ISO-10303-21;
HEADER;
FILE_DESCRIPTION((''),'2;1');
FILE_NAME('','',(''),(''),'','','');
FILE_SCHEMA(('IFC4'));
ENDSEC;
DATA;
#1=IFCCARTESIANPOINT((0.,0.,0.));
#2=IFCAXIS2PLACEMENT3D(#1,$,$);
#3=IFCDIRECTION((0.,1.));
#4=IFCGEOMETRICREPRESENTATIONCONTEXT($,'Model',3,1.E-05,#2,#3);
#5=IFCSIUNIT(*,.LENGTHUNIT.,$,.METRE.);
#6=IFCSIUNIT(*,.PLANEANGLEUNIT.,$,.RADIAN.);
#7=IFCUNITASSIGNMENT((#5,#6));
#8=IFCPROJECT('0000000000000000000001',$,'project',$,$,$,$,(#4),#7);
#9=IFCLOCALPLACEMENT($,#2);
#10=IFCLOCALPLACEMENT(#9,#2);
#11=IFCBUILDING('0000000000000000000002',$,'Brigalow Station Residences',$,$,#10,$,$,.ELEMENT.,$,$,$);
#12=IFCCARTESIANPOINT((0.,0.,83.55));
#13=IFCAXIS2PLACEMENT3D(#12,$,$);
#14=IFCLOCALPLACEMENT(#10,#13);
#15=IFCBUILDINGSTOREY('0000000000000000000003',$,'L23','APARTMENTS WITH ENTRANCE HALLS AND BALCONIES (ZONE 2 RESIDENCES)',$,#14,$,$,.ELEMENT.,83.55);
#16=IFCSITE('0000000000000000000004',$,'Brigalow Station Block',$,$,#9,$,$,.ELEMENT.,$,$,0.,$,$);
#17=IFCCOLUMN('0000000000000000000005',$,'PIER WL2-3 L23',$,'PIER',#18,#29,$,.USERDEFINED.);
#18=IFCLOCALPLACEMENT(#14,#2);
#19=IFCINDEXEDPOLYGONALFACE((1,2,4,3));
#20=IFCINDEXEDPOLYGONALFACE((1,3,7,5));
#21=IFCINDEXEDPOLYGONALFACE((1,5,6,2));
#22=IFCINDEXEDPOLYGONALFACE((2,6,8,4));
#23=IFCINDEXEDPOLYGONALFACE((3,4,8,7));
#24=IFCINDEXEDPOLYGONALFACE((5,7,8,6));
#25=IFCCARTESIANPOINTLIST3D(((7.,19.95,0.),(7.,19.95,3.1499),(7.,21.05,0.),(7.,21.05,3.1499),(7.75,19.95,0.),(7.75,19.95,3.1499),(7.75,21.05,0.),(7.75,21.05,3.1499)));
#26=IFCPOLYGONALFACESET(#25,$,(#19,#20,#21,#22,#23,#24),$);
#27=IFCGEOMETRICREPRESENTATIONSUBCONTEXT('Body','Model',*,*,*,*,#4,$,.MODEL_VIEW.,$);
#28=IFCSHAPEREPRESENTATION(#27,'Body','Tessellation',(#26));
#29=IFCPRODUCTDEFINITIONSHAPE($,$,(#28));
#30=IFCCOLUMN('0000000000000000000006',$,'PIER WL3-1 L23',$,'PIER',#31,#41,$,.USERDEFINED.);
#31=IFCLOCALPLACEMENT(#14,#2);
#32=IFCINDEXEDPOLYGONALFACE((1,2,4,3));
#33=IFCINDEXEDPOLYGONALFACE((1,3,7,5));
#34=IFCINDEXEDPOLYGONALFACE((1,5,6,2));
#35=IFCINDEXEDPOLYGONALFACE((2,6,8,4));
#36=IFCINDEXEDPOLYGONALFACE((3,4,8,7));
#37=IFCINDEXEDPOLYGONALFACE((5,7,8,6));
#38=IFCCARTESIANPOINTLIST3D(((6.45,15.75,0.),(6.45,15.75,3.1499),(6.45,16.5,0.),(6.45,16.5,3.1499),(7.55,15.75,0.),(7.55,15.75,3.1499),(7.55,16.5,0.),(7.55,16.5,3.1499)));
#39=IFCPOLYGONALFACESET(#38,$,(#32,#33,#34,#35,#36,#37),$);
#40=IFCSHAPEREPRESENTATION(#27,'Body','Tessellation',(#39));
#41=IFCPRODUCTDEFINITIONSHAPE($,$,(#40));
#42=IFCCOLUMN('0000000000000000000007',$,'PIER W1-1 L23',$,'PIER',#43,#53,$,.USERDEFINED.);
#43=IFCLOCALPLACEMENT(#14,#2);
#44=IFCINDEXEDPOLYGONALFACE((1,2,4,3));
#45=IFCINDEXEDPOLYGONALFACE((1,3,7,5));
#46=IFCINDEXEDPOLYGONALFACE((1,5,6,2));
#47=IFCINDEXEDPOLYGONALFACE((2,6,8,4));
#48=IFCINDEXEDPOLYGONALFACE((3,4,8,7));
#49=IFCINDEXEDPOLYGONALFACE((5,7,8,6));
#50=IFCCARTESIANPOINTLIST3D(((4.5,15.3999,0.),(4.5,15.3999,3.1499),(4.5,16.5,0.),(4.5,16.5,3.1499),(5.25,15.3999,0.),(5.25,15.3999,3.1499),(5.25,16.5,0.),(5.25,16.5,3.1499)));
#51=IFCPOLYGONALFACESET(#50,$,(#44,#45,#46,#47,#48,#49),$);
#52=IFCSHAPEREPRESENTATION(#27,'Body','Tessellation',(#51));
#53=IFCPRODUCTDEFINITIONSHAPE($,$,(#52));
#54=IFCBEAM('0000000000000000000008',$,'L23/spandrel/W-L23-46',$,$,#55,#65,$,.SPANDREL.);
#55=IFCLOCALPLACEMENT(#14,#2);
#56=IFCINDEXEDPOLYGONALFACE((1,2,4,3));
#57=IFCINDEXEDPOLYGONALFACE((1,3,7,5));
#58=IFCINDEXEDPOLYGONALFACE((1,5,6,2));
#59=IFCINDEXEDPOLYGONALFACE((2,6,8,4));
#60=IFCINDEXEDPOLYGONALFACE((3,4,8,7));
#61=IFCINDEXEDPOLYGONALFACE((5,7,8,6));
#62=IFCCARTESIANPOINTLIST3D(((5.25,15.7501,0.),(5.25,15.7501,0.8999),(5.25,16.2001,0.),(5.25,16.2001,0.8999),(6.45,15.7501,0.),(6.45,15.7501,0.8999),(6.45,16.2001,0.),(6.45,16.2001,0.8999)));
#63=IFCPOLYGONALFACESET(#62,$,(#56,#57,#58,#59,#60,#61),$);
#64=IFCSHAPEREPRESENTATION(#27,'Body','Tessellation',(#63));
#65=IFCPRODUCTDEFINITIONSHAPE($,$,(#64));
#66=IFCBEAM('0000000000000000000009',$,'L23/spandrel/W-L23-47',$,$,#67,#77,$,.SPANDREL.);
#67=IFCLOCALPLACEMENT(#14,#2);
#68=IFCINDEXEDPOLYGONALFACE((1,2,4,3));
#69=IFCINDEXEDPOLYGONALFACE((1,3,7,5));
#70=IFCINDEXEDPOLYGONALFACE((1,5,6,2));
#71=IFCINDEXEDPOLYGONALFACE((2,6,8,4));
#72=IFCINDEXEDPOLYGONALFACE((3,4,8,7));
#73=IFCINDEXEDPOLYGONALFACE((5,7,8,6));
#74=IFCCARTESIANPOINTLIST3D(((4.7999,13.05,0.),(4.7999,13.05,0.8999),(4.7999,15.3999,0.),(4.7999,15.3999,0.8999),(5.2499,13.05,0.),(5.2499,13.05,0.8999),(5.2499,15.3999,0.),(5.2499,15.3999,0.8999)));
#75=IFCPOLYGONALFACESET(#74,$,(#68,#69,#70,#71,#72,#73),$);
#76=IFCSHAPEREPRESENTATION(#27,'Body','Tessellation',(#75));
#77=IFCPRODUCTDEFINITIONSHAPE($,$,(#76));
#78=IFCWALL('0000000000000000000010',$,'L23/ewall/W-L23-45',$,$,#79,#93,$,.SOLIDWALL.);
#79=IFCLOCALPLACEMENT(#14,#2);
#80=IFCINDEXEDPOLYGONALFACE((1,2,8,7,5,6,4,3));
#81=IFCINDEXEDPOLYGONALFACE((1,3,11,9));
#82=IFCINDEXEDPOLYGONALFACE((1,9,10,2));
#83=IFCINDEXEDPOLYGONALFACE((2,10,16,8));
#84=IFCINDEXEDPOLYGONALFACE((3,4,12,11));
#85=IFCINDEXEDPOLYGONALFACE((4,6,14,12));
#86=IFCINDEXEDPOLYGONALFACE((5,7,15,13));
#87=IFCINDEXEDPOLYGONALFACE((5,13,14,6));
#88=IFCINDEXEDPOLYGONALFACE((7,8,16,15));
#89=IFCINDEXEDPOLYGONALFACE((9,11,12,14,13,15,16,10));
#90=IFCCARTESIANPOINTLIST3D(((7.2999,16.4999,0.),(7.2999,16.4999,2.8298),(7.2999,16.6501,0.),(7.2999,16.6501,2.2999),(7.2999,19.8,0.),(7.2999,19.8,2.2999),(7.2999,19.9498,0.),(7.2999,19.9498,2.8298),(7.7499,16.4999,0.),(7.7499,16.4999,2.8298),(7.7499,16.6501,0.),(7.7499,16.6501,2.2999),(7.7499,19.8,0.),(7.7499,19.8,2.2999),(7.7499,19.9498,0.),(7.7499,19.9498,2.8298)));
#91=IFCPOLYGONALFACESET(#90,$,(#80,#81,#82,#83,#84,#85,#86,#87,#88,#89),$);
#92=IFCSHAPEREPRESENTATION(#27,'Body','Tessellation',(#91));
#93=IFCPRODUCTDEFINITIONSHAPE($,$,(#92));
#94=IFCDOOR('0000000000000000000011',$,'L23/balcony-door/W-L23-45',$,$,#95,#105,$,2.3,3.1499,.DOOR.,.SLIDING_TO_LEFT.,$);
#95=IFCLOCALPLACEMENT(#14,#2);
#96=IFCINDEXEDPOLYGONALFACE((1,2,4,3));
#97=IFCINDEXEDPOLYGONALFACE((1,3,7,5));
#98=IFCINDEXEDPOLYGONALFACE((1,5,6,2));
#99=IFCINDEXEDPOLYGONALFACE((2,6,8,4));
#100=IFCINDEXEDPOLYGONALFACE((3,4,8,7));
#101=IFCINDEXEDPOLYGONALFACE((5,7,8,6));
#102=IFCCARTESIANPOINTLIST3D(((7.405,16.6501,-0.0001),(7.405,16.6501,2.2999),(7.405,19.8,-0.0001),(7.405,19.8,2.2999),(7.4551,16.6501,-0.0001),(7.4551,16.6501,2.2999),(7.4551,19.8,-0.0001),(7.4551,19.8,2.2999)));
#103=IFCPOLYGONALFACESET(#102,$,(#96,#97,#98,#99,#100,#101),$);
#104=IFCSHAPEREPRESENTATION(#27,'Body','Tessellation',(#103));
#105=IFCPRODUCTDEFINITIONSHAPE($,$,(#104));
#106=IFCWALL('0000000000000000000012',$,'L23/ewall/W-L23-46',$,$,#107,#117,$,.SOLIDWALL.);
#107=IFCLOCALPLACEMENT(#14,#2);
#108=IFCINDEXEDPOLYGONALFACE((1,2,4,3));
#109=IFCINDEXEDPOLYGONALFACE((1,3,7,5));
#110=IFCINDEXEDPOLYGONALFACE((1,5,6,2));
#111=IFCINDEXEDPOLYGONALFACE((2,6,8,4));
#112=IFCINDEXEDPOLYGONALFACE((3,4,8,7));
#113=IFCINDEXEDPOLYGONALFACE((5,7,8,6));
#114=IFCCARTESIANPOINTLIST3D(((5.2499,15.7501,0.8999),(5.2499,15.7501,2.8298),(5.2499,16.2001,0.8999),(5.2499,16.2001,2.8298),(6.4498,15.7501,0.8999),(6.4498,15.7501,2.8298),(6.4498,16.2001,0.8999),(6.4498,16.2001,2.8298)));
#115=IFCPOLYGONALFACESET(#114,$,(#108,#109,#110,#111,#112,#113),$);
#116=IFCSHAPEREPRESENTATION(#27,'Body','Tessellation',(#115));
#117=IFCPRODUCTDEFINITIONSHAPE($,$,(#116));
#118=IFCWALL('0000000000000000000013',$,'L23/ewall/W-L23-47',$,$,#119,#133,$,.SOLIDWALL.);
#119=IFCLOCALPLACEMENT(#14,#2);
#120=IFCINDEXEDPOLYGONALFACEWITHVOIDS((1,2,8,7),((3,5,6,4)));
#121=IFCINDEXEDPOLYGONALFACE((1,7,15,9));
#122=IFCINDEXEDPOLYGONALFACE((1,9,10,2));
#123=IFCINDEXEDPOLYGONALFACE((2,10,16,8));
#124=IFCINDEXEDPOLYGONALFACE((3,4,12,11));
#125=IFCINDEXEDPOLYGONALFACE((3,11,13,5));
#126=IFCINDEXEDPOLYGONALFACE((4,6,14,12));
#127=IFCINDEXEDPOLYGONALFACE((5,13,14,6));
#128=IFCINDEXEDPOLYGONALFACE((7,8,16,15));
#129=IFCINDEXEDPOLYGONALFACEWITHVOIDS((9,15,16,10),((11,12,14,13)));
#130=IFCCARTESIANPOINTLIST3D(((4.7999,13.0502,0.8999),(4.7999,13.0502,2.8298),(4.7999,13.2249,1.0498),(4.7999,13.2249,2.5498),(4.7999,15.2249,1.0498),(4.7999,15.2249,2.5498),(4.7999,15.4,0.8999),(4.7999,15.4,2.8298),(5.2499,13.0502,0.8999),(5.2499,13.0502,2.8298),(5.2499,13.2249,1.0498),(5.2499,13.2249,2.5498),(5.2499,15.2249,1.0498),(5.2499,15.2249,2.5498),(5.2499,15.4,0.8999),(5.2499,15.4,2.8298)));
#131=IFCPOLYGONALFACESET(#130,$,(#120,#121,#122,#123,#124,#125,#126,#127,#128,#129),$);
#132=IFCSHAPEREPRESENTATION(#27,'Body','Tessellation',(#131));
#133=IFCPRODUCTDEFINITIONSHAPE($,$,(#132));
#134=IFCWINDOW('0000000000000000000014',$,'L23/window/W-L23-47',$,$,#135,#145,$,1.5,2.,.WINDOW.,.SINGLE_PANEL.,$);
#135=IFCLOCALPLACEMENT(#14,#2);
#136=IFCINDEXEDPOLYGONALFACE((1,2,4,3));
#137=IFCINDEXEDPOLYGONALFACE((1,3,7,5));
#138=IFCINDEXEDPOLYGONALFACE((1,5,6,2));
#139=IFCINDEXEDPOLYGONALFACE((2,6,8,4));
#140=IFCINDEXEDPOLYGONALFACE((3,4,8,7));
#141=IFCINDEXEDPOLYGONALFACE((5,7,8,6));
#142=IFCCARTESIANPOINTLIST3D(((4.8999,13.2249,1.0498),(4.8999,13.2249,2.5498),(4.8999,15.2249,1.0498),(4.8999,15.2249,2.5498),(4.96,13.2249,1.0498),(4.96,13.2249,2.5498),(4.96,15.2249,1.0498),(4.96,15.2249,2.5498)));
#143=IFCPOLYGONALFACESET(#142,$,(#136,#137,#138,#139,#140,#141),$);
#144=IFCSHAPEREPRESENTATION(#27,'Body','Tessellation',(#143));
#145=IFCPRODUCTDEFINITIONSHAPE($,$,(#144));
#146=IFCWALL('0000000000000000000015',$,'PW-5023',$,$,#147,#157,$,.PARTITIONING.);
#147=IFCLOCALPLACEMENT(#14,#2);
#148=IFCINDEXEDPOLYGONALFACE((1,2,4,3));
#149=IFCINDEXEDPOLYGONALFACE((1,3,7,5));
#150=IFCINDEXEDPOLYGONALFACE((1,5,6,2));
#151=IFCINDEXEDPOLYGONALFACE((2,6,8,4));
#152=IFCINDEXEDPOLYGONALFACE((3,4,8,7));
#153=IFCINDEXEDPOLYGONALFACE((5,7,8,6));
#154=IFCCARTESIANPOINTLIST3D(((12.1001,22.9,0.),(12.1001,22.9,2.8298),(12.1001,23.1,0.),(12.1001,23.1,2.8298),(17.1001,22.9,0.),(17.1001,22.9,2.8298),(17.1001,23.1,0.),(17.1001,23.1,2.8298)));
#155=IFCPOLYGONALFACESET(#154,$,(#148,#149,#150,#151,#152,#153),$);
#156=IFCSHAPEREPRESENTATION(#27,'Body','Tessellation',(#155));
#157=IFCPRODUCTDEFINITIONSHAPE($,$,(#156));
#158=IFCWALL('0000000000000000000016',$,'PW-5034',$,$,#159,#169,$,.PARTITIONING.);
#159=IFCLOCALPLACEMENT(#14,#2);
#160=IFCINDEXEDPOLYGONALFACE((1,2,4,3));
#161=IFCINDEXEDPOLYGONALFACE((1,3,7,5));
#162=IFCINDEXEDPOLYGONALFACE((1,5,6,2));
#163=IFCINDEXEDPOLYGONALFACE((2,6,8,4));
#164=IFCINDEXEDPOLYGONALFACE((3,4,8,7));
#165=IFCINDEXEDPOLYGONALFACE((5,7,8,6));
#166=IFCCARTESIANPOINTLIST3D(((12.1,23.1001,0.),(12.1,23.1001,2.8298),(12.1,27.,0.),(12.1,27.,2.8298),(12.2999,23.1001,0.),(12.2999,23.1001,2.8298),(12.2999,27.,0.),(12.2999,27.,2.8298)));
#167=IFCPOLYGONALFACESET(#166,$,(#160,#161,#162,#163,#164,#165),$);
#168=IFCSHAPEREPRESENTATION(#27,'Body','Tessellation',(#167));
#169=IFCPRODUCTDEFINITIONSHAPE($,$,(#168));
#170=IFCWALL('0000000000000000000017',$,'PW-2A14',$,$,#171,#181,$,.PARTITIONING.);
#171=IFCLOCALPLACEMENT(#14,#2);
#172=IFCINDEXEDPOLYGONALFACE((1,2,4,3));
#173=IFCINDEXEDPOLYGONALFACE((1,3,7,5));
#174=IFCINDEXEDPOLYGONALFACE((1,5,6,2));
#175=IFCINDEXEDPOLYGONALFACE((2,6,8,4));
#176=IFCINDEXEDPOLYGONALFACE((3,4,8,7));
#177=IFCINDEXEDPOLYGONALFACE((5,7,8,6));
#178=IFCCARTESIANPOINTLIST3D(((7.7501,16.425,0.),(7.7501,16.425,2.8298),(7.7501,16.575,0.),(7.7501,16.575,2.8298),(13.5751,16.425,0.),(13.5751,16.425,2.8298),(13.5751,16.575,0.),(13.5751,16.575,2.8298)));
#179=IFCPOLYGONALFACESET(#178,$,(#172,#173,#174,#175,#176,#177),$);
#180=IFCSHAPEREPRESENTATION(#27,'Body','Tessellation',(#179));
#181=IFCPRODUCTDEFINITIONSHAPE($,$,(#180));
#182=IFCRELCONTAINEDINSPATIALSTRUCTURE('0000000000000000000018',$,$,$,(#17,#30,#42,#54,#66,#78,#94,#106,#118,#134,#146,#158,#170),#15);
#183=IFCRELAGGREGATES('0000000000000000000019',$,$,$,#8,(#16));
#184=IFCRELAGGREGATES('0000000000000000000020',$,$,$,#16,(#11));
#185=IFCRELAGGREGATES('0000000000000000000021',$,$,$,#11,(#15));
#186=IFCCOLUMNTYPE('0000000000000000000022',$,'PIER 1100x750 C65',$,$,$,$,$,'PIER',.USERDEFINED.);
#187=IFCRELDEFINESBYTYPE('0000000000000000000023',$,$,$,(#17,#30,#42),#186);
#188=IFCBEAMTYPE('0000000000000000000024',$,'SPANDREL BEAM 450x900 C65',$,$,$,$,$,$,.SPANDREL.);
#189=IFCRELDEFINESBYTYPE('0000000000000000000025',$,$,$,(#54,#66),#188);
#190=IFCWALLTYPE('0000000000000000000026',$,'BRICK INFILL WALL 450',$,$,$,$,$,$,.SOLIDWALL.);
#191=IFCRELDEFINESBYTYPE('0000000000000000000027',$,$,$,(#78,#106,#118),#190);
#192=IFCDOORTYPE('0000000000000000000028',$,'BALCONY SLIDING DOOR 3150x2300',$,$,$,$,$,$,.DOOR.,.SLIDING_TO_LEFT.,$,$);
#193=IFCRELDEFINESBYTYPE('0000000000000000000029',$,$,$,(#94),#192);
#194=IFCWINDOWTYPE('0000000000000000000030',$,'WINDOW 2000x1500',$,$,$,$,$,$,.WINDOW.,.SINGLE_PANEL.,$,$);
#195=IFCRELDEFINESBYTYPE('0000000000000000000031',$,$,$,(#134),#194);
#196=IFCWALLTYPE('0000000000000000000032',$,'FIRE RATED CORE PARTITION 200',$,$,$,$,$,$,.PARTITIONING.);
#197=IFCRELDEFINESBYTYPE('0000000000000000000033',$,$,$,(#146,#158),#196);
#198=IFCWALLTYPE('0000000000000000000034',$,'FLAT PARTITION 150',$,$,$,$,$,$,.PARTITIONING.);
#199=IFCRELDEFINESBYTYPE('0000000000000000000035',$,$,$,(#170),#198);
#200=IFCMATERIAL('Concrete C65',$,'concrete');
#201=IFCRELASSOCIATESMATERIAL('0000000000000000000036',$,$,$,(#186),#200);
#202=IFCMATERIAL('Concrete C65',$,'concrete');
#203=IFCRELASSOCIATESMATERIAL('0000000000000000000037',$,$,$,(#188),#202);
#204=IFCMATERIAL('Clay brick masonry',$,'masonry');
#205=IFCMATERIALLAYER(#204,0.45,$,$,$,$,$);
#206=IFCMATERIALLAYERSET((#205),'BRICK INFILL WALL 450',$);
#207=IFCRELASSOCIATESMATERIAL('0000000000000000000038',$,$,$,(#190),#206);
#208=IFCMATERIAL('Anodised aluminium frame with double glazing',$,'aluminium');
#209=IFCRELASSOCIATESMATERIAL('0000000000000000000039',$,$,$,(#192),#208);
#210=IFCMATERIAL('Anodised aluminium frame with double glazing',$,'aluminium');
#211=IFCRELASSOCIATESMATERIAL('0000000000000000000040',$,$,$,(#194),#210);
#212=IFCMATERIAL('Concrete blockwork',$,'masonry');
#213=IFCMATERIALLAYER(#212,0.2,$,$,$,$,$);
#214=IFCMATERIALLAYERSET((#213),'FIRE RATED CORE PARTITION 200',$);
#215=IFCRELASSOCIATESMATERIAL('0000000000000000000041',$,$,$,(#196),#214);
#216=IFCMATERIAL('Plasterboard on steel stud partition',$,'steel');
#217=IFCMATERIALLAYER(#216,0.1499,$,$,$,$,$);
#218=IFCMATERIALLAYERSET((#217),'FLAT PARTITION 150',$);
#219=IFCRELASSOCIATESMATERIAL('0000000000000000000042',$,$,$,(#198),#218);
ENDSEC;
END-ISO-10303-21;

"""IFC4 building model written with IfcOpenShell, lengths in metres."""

from ifc_helpers import new_model, si_unit, direction, frame, frame_2d, origin, origin_2d, place, context, subcontext, project, spatial, rectangle, extrude, material, layer, layer_set, material_profile, profile_set, type_object, element, fill, save


model = new_model("IFC4")

# Units and contexts
model_context = context("Model", 3, precision=1e-05, world=origin(), true_north=direction((0.0, 1.0)))
body_context = subcontext(model_context, "Body", "Model", "MODEL_VIEW")
ifc_project = project(units=[si_unit("LENGTHUNIT", "METRE"), si_unit("PLANEANGLEUNIT", "RADIAN")], contexts=[model_context])

# Site, building, storey
site_placement = place(None, origin())
site = spatial("IfcSite", under=ifc_project, at=site_placement, Name="Brigalow Station Block", CompositionType="ELEMENT", RefElevation=0.0)
building_placement = place(site_placement, origin())
building = spatial("IfcBuilding", under=site, at=building_placement, Name="Brigalow Station Residences", CompositionType="ELEMENT")
storey_placement = place(building_placement, frame((0.0, 0.0, 83.55)))
storey = spatial("IfcBuildingStorey", under=building, at=storey_placement, Name="L23", Description="APARTMENTS WITH ENTRANCE HALLS AND BALCONIES (ZONE 2 RESIDENCES)", CompositionType="ELEMENT", Elevation=83.55)

# Columns
ifc_material_1 = material(Name="Concrete C65", Category="concrete")
ifc_material_profile_1 = material_profile(ifc_material_1, rectangle(XDim=1.1001, YDim=0.75, at=origin_2d()), Name="RC1100x750")
ifc_profile_set_1 = profile_set([ifc_material_profile_1], Name="Concrete C65")
column_type = type_object("IfcColumnType", Name="PIER 1100x750 C65", ElementType="PIER", PredefinedType="USERDEFINED", material=ifc_profile_set_1)
for number, where, z_axis, x_axis, name in (
    (1, (7.375, 20.5, 0.0), (0.0, 0.0, 1.0), (0.0, -1.0, 0.0), "PIER WL2-3 L23"),
    (2, (7.0, 16.125, 0.0), (0.0, 0.0, 1.0), (-1.0, 0.0, 0.0), "PIER WL3-1 L23"),
    (3, (4.875, 15.95, 0.0), (0.0, 0.0, 1.0), (0.0, -1.0, 0.0), "PIER W1-1 L23"),
):
    element("IfcColumn", number, at=place(storey_placement, frame(where, z_axis=z_axis, x_axis=x_axis)), inside=storey, type_object=column_type, Name=name, ObjectType="PIER", PredefinedType="USERDEFINED", context=body_context, shape_type="SweptSolid", body=[
        extrude(rectangle(XDim=1.1001, YDim=0.75, at=origin_2d()), origin(), (0.0, 0.0, 1.0), 3.1499),
    ])

# Beams
ifc_material_2 = material(Name="Concrete C65", Category="concrete")
ifc_material_profile_2 = material_profile(ifc_material_2, rectangle(XDim=0.45, YDim=0.8999, at=origin_2d()), Name="RC450x900")
ifc_profile_set_2 = profile_set([ifc_material_profile_2], Name="Concrete C65")
beam_type = type_object("IfcBeamType", Name="SPANDREL BEAM 450x900 C65", PredefinedType="SPANDREL", material=ifc_profile_set_2)
beam_1_placement = place(storey_placement, frame((6.45, 15.9751, 0.45), z_axis=(-1.0, 0.0, 0.0), x_axis=(0.0, -1.0, 0.0)))
element("IfcBeam", 4, at=beam_1_placement, inside=storey, type_object=beam_type, Name="L23/spandrel/W-L23-46", PredefinedType="SPANDREL", context=body_context, shape_type="SweptSolid", body=[
    extrude(rectangle(XDim=0.45, YDim=0.8999, at=origin_2d()), origin(), (0.0, 0.0, 1.0), 1.2),
])
beam_2_placement = place(storey_placement, frame((5.0249, 15.3999, 0.45), z_axis=(0.0, -1.0, 0.0), x_axis=(1.0, 0.0, 0.0)))
element("IfcBeam", 5, at=beam_2_placement, inside=storey, type_object=beam_type, Name="L23/spandrel/W-L23-47", PredefinedType="SPANDREL", context=body_context, shape_type="SweptSolid", body=[
    extrude(rectangle(XDim=0.45, YDim=0.8999, at=origin_2d()), origin(), (0.0, 0.0, 1.0), 2.3499),
])

# Wall, opening, door
ifc_material_3 = material(Name="Clay brick masonry", Category="masonry")
ifc_layer_1 = layer(ifc_material_3, 0.45)
ifc_layer_set_1 = layer_set([ifc_layer_1], Name="BRICK INFILL WALL 450")
wall_type_1 = type_object("IfcWallType", Name="BRICK INFILL WALL 450", PredefinedType="SOLIDWALL", material=ifc_layer_set_1)
wall_1_placement = place(storey_placement, frame((7.5249, 19.95, 0.0), z_axis=(0.0, 0.0, 1.0), x_axis=(0.0, -1.0, 0.0)))
wall_1 = element("IfcWall", 6, at=wall_1_placement, inside=storey, type_object=wall_type_1, Name="L23/ewall/W-L23-45", PredefinedType="SOLIDWALL", context=body_context, shape_type="SweptSolid", body=[
    extrude(rectangle(XDim=3.45, YDim=0.45, at=frame_2d((1.7251, 0.0))), origin(), (0.0, 0.0, 1.0), 2.8298),
])
opening_1_placement = place(wall_1_placement, frame((0.1499, 0.0, 0.0)))
opening_1 = element("IfcOpeningElement", 7, at=opening_1_placement, cuts=wall_1, PredefinedType="OPENING", context=body_context, shape_type="SweptSolid", body=[
    extrude(rectangle(XDim=3.1499, YDim=2.3, at=frame_2d((1.575, 1.1499))), frame((0.0, 0.2349, 0.0), z_axis=(0.0, -1.0, 0.0), x_axis=(1.0, 0.0, 0.0)), (0.0, 0.0, 1.0), 0.47),
])
ifc_material_4 = material(Name="Anodised aluminium frame with double glazing", Category="aluminium")
door_type_1 = type_object("IfcDoorType", Name="BALCONY SLIDING DOOR 3150x2300", OperationType="SLIDING_TO_LEFT", PredefinedType="DOOR", material=ifc_material_4)
door_1_placement = place(opening_1_placement, origin())
door_1 = element("IfcDoor", 8, at=door_1_placement, inside=storey, type_object=door_type_1, Name="L23/balcony-door/W-L23-45", OperationType="SLIDING_TO_LEFT", OverallHeight=2.3, OverallWidth=3.1499, PredefinedType="DOOR", context=body_context, shape_type="SweptSolid", body=[
    extrude(rectangle(XDim=3.1499, YDim=2.3, at=frame_2d((1.575, 1.1499))), frame((0.0, -0.0698, 0.0), z_axis=(0.0, -1.0, 0.0), x_axis=(1.0, 0.0, 0.0)), (0.0, 0.0, 1.0), 0.05),
])
fill(opening_1, door_1)

# Wall
wall_2_placement = place(storey_placement, frame((6.45, 15.9751, 0.8999), z_axis=(0.0, 0.0, 1.0), x_axis=(-1.0, 0.0, 0.0)))
element("IfcWall", 9, at=wall_2_placement, inside=storey, type_object=wall_type_1, Name="L23/ewall/W-L23-46", PredefinedType="SOLIDWALL", context=body_context, shape_type="SweptSolid", body=[
    extrude(rectangle(XDim=1.2, YDim=0.45, at=frame_2d((0.6001, 0.0))), origin(), (0.0, 0.0, 1.0), 1.9299),
])

# Wall, opening, window
wall_3_placement = place(storey_placement, frame((5.0249, 15.3999, 0.8999), z_axis=(0.0, 0.0, 1.0), x_axis=(0.0, -1.0, 0.0)))
wall_3 = element("IfcWall", 10, at=wall_3_placement, inside=storey, type_object=wall_type_1, Name="L23/ewall/W-L23-47", PredefinedType="SOLIDWALL", context=body_context, shape_type="SweptSolid", body=[
    extrude(rectangle(XDim=2.3499, YDim=0.45, at=frame_2d((1.1748, 0.0))), origin(), (0.0, 0.0, 1.0), 1.9299),
])
opening_2_placement = place(wall_3_placement, frame((0.175, 0.0, 0.1499)))
opening_2 = element("IfcOpeningElement", 11, at=opening_2_placement, cuts=wall_3, PredefinedType="OPENING", context=body_context, shape_type="SweptSolid", body=[
    extrude(rectangle(XDim=2.0, YDim=1.5, at=frame_2d((1.0, 0.75))), frame((0.0, 0.2349, 0.0), z_axis=(0.0, -1.0, 0.0), x_axis=(1.0, 0.0, 0.0)), (0.0, 0.0, 1.0), 0.47),
])
ifc_material_5 = material(Name="Anodised aluminium frame with double glazing", Category="aluminium")
window_type = type_object("IfcWindowType", Name="WINDOW 2000x1500", PartitioningType="SINGLE_PANEL", PredefinedType="WINDOW", material=ifc_material_5)
window_placement = place(opening_2_placement, origin())
window = element("IfcWindow", 12, at=window_placement, inside=storey, type_object=window_type, Name="L23/window/W-L23-47", OverallHeight=1.5, OverallWidth=2.0, PartitioningType="SINGLE_PANEL", PredefinedType="WINDOW", context=body_context, shape_type="SweptSolid", body=[
    extrude(rectangle(XDim=2.0, YDim=1.5, at=frame_2d((1.0, 0.75))), frame((0.0, -0.0649, 0.0), z_axis=(0.0, -1.0, 0.0), x_axis=(1.0, 0.0, 0.0)), (0.0, 0.0, 1.0), 0.0601),
])
fill(opening_2, window)

# Walls
ifc_material_6 = material(Name="Concrete blockwork", Category="masonry")
ifc_layer_2 = layer(ifc_material_6, 0.2)
ifc_layer_set_2 = layer_set([ifc_layer_2], Name="FIRE RATED CORE PARTITION 200")
wall_type_2 = type_object("IfcWallType", Name="FIRE RATED CORE PARTITION 200", PredefinedType="PARTITIONING", material=ifc_layer_set_2)
wall_4_placement = place(storey_placement, frame((12.1001, 23.0, 0.0), z_axis=(0.0, 0.0, 1.0), x_axis=(1.0, 0.0, 0.0)))
element("IfcWall", 13, at=wall_4_placement, inside=storey, type_object=wall_type_2, Name="PW-5023", PredefinedType="PARTITIONING", context=body_context, shape_type="SweptSolid", body=[
    extrude(rectangle(XDim=5.0, YDim=0.2, at=frame_2d((2.5, 0.0))), origin(), (0.0, 0.0, 1.0), 2.8298),
])
wall_5_placement = place(storey_placement, frame((12.2, 23.1001, 0.0), z_axis=(0.0, 0.0, 1.0), x_axis=(0.0, 1.0, 0.0)))
element("IfcWall", 14, at=wall_5_placement, inside=storey, type_object=wall_type_2, Name="PW-5034", PredefinedType="PARTITIONING", context=body_context, shape_type="SweptSolid", body=[
    extrude(rectangle(XDim=3.8999, YDim=0.2, at=frame_2d((1.95, 0.0))), origin(), (0.0, 0.0, 1.0), 2.8298),
])
ifc_material_7 = material(Name="Plasterboard on steel stud partition", Category="steel")
ifc_layer_3 = layer(ifc_material_7, 0.1499)
ifc_layer_set_3 = layer_set([ifc_layer_3], Name="FLAT PARTITION 150")
wall_type_3 = type_object("IfcWallType", Name="FLAT PARTITION 150", PredefinedType="PARTITIONING", material=ifc_layer_set_3)
wall_6_placement = place(storey_placement, frame((7.75, 16.5, 0.0), z_axis=(0.0, 0.0, 1.0), x_axis=(1.0, 0.0, 0.0)))
element("IfcWall", 15, at=wall_6_placement, inside=storey, type_object=wall_type_3, Name="PW-2A14", PredefinedType="PARTITIONING", context=body_context, shape_type="SweptSolid", body=[
    extrude(rectangle(XDim=5.825, YDim=0.1499, at=frame_2d((2.9126, 0.0))), origin(), (0.0, 0.0, 1.0), 2.8298),
])

save(model, "model.ifc")
